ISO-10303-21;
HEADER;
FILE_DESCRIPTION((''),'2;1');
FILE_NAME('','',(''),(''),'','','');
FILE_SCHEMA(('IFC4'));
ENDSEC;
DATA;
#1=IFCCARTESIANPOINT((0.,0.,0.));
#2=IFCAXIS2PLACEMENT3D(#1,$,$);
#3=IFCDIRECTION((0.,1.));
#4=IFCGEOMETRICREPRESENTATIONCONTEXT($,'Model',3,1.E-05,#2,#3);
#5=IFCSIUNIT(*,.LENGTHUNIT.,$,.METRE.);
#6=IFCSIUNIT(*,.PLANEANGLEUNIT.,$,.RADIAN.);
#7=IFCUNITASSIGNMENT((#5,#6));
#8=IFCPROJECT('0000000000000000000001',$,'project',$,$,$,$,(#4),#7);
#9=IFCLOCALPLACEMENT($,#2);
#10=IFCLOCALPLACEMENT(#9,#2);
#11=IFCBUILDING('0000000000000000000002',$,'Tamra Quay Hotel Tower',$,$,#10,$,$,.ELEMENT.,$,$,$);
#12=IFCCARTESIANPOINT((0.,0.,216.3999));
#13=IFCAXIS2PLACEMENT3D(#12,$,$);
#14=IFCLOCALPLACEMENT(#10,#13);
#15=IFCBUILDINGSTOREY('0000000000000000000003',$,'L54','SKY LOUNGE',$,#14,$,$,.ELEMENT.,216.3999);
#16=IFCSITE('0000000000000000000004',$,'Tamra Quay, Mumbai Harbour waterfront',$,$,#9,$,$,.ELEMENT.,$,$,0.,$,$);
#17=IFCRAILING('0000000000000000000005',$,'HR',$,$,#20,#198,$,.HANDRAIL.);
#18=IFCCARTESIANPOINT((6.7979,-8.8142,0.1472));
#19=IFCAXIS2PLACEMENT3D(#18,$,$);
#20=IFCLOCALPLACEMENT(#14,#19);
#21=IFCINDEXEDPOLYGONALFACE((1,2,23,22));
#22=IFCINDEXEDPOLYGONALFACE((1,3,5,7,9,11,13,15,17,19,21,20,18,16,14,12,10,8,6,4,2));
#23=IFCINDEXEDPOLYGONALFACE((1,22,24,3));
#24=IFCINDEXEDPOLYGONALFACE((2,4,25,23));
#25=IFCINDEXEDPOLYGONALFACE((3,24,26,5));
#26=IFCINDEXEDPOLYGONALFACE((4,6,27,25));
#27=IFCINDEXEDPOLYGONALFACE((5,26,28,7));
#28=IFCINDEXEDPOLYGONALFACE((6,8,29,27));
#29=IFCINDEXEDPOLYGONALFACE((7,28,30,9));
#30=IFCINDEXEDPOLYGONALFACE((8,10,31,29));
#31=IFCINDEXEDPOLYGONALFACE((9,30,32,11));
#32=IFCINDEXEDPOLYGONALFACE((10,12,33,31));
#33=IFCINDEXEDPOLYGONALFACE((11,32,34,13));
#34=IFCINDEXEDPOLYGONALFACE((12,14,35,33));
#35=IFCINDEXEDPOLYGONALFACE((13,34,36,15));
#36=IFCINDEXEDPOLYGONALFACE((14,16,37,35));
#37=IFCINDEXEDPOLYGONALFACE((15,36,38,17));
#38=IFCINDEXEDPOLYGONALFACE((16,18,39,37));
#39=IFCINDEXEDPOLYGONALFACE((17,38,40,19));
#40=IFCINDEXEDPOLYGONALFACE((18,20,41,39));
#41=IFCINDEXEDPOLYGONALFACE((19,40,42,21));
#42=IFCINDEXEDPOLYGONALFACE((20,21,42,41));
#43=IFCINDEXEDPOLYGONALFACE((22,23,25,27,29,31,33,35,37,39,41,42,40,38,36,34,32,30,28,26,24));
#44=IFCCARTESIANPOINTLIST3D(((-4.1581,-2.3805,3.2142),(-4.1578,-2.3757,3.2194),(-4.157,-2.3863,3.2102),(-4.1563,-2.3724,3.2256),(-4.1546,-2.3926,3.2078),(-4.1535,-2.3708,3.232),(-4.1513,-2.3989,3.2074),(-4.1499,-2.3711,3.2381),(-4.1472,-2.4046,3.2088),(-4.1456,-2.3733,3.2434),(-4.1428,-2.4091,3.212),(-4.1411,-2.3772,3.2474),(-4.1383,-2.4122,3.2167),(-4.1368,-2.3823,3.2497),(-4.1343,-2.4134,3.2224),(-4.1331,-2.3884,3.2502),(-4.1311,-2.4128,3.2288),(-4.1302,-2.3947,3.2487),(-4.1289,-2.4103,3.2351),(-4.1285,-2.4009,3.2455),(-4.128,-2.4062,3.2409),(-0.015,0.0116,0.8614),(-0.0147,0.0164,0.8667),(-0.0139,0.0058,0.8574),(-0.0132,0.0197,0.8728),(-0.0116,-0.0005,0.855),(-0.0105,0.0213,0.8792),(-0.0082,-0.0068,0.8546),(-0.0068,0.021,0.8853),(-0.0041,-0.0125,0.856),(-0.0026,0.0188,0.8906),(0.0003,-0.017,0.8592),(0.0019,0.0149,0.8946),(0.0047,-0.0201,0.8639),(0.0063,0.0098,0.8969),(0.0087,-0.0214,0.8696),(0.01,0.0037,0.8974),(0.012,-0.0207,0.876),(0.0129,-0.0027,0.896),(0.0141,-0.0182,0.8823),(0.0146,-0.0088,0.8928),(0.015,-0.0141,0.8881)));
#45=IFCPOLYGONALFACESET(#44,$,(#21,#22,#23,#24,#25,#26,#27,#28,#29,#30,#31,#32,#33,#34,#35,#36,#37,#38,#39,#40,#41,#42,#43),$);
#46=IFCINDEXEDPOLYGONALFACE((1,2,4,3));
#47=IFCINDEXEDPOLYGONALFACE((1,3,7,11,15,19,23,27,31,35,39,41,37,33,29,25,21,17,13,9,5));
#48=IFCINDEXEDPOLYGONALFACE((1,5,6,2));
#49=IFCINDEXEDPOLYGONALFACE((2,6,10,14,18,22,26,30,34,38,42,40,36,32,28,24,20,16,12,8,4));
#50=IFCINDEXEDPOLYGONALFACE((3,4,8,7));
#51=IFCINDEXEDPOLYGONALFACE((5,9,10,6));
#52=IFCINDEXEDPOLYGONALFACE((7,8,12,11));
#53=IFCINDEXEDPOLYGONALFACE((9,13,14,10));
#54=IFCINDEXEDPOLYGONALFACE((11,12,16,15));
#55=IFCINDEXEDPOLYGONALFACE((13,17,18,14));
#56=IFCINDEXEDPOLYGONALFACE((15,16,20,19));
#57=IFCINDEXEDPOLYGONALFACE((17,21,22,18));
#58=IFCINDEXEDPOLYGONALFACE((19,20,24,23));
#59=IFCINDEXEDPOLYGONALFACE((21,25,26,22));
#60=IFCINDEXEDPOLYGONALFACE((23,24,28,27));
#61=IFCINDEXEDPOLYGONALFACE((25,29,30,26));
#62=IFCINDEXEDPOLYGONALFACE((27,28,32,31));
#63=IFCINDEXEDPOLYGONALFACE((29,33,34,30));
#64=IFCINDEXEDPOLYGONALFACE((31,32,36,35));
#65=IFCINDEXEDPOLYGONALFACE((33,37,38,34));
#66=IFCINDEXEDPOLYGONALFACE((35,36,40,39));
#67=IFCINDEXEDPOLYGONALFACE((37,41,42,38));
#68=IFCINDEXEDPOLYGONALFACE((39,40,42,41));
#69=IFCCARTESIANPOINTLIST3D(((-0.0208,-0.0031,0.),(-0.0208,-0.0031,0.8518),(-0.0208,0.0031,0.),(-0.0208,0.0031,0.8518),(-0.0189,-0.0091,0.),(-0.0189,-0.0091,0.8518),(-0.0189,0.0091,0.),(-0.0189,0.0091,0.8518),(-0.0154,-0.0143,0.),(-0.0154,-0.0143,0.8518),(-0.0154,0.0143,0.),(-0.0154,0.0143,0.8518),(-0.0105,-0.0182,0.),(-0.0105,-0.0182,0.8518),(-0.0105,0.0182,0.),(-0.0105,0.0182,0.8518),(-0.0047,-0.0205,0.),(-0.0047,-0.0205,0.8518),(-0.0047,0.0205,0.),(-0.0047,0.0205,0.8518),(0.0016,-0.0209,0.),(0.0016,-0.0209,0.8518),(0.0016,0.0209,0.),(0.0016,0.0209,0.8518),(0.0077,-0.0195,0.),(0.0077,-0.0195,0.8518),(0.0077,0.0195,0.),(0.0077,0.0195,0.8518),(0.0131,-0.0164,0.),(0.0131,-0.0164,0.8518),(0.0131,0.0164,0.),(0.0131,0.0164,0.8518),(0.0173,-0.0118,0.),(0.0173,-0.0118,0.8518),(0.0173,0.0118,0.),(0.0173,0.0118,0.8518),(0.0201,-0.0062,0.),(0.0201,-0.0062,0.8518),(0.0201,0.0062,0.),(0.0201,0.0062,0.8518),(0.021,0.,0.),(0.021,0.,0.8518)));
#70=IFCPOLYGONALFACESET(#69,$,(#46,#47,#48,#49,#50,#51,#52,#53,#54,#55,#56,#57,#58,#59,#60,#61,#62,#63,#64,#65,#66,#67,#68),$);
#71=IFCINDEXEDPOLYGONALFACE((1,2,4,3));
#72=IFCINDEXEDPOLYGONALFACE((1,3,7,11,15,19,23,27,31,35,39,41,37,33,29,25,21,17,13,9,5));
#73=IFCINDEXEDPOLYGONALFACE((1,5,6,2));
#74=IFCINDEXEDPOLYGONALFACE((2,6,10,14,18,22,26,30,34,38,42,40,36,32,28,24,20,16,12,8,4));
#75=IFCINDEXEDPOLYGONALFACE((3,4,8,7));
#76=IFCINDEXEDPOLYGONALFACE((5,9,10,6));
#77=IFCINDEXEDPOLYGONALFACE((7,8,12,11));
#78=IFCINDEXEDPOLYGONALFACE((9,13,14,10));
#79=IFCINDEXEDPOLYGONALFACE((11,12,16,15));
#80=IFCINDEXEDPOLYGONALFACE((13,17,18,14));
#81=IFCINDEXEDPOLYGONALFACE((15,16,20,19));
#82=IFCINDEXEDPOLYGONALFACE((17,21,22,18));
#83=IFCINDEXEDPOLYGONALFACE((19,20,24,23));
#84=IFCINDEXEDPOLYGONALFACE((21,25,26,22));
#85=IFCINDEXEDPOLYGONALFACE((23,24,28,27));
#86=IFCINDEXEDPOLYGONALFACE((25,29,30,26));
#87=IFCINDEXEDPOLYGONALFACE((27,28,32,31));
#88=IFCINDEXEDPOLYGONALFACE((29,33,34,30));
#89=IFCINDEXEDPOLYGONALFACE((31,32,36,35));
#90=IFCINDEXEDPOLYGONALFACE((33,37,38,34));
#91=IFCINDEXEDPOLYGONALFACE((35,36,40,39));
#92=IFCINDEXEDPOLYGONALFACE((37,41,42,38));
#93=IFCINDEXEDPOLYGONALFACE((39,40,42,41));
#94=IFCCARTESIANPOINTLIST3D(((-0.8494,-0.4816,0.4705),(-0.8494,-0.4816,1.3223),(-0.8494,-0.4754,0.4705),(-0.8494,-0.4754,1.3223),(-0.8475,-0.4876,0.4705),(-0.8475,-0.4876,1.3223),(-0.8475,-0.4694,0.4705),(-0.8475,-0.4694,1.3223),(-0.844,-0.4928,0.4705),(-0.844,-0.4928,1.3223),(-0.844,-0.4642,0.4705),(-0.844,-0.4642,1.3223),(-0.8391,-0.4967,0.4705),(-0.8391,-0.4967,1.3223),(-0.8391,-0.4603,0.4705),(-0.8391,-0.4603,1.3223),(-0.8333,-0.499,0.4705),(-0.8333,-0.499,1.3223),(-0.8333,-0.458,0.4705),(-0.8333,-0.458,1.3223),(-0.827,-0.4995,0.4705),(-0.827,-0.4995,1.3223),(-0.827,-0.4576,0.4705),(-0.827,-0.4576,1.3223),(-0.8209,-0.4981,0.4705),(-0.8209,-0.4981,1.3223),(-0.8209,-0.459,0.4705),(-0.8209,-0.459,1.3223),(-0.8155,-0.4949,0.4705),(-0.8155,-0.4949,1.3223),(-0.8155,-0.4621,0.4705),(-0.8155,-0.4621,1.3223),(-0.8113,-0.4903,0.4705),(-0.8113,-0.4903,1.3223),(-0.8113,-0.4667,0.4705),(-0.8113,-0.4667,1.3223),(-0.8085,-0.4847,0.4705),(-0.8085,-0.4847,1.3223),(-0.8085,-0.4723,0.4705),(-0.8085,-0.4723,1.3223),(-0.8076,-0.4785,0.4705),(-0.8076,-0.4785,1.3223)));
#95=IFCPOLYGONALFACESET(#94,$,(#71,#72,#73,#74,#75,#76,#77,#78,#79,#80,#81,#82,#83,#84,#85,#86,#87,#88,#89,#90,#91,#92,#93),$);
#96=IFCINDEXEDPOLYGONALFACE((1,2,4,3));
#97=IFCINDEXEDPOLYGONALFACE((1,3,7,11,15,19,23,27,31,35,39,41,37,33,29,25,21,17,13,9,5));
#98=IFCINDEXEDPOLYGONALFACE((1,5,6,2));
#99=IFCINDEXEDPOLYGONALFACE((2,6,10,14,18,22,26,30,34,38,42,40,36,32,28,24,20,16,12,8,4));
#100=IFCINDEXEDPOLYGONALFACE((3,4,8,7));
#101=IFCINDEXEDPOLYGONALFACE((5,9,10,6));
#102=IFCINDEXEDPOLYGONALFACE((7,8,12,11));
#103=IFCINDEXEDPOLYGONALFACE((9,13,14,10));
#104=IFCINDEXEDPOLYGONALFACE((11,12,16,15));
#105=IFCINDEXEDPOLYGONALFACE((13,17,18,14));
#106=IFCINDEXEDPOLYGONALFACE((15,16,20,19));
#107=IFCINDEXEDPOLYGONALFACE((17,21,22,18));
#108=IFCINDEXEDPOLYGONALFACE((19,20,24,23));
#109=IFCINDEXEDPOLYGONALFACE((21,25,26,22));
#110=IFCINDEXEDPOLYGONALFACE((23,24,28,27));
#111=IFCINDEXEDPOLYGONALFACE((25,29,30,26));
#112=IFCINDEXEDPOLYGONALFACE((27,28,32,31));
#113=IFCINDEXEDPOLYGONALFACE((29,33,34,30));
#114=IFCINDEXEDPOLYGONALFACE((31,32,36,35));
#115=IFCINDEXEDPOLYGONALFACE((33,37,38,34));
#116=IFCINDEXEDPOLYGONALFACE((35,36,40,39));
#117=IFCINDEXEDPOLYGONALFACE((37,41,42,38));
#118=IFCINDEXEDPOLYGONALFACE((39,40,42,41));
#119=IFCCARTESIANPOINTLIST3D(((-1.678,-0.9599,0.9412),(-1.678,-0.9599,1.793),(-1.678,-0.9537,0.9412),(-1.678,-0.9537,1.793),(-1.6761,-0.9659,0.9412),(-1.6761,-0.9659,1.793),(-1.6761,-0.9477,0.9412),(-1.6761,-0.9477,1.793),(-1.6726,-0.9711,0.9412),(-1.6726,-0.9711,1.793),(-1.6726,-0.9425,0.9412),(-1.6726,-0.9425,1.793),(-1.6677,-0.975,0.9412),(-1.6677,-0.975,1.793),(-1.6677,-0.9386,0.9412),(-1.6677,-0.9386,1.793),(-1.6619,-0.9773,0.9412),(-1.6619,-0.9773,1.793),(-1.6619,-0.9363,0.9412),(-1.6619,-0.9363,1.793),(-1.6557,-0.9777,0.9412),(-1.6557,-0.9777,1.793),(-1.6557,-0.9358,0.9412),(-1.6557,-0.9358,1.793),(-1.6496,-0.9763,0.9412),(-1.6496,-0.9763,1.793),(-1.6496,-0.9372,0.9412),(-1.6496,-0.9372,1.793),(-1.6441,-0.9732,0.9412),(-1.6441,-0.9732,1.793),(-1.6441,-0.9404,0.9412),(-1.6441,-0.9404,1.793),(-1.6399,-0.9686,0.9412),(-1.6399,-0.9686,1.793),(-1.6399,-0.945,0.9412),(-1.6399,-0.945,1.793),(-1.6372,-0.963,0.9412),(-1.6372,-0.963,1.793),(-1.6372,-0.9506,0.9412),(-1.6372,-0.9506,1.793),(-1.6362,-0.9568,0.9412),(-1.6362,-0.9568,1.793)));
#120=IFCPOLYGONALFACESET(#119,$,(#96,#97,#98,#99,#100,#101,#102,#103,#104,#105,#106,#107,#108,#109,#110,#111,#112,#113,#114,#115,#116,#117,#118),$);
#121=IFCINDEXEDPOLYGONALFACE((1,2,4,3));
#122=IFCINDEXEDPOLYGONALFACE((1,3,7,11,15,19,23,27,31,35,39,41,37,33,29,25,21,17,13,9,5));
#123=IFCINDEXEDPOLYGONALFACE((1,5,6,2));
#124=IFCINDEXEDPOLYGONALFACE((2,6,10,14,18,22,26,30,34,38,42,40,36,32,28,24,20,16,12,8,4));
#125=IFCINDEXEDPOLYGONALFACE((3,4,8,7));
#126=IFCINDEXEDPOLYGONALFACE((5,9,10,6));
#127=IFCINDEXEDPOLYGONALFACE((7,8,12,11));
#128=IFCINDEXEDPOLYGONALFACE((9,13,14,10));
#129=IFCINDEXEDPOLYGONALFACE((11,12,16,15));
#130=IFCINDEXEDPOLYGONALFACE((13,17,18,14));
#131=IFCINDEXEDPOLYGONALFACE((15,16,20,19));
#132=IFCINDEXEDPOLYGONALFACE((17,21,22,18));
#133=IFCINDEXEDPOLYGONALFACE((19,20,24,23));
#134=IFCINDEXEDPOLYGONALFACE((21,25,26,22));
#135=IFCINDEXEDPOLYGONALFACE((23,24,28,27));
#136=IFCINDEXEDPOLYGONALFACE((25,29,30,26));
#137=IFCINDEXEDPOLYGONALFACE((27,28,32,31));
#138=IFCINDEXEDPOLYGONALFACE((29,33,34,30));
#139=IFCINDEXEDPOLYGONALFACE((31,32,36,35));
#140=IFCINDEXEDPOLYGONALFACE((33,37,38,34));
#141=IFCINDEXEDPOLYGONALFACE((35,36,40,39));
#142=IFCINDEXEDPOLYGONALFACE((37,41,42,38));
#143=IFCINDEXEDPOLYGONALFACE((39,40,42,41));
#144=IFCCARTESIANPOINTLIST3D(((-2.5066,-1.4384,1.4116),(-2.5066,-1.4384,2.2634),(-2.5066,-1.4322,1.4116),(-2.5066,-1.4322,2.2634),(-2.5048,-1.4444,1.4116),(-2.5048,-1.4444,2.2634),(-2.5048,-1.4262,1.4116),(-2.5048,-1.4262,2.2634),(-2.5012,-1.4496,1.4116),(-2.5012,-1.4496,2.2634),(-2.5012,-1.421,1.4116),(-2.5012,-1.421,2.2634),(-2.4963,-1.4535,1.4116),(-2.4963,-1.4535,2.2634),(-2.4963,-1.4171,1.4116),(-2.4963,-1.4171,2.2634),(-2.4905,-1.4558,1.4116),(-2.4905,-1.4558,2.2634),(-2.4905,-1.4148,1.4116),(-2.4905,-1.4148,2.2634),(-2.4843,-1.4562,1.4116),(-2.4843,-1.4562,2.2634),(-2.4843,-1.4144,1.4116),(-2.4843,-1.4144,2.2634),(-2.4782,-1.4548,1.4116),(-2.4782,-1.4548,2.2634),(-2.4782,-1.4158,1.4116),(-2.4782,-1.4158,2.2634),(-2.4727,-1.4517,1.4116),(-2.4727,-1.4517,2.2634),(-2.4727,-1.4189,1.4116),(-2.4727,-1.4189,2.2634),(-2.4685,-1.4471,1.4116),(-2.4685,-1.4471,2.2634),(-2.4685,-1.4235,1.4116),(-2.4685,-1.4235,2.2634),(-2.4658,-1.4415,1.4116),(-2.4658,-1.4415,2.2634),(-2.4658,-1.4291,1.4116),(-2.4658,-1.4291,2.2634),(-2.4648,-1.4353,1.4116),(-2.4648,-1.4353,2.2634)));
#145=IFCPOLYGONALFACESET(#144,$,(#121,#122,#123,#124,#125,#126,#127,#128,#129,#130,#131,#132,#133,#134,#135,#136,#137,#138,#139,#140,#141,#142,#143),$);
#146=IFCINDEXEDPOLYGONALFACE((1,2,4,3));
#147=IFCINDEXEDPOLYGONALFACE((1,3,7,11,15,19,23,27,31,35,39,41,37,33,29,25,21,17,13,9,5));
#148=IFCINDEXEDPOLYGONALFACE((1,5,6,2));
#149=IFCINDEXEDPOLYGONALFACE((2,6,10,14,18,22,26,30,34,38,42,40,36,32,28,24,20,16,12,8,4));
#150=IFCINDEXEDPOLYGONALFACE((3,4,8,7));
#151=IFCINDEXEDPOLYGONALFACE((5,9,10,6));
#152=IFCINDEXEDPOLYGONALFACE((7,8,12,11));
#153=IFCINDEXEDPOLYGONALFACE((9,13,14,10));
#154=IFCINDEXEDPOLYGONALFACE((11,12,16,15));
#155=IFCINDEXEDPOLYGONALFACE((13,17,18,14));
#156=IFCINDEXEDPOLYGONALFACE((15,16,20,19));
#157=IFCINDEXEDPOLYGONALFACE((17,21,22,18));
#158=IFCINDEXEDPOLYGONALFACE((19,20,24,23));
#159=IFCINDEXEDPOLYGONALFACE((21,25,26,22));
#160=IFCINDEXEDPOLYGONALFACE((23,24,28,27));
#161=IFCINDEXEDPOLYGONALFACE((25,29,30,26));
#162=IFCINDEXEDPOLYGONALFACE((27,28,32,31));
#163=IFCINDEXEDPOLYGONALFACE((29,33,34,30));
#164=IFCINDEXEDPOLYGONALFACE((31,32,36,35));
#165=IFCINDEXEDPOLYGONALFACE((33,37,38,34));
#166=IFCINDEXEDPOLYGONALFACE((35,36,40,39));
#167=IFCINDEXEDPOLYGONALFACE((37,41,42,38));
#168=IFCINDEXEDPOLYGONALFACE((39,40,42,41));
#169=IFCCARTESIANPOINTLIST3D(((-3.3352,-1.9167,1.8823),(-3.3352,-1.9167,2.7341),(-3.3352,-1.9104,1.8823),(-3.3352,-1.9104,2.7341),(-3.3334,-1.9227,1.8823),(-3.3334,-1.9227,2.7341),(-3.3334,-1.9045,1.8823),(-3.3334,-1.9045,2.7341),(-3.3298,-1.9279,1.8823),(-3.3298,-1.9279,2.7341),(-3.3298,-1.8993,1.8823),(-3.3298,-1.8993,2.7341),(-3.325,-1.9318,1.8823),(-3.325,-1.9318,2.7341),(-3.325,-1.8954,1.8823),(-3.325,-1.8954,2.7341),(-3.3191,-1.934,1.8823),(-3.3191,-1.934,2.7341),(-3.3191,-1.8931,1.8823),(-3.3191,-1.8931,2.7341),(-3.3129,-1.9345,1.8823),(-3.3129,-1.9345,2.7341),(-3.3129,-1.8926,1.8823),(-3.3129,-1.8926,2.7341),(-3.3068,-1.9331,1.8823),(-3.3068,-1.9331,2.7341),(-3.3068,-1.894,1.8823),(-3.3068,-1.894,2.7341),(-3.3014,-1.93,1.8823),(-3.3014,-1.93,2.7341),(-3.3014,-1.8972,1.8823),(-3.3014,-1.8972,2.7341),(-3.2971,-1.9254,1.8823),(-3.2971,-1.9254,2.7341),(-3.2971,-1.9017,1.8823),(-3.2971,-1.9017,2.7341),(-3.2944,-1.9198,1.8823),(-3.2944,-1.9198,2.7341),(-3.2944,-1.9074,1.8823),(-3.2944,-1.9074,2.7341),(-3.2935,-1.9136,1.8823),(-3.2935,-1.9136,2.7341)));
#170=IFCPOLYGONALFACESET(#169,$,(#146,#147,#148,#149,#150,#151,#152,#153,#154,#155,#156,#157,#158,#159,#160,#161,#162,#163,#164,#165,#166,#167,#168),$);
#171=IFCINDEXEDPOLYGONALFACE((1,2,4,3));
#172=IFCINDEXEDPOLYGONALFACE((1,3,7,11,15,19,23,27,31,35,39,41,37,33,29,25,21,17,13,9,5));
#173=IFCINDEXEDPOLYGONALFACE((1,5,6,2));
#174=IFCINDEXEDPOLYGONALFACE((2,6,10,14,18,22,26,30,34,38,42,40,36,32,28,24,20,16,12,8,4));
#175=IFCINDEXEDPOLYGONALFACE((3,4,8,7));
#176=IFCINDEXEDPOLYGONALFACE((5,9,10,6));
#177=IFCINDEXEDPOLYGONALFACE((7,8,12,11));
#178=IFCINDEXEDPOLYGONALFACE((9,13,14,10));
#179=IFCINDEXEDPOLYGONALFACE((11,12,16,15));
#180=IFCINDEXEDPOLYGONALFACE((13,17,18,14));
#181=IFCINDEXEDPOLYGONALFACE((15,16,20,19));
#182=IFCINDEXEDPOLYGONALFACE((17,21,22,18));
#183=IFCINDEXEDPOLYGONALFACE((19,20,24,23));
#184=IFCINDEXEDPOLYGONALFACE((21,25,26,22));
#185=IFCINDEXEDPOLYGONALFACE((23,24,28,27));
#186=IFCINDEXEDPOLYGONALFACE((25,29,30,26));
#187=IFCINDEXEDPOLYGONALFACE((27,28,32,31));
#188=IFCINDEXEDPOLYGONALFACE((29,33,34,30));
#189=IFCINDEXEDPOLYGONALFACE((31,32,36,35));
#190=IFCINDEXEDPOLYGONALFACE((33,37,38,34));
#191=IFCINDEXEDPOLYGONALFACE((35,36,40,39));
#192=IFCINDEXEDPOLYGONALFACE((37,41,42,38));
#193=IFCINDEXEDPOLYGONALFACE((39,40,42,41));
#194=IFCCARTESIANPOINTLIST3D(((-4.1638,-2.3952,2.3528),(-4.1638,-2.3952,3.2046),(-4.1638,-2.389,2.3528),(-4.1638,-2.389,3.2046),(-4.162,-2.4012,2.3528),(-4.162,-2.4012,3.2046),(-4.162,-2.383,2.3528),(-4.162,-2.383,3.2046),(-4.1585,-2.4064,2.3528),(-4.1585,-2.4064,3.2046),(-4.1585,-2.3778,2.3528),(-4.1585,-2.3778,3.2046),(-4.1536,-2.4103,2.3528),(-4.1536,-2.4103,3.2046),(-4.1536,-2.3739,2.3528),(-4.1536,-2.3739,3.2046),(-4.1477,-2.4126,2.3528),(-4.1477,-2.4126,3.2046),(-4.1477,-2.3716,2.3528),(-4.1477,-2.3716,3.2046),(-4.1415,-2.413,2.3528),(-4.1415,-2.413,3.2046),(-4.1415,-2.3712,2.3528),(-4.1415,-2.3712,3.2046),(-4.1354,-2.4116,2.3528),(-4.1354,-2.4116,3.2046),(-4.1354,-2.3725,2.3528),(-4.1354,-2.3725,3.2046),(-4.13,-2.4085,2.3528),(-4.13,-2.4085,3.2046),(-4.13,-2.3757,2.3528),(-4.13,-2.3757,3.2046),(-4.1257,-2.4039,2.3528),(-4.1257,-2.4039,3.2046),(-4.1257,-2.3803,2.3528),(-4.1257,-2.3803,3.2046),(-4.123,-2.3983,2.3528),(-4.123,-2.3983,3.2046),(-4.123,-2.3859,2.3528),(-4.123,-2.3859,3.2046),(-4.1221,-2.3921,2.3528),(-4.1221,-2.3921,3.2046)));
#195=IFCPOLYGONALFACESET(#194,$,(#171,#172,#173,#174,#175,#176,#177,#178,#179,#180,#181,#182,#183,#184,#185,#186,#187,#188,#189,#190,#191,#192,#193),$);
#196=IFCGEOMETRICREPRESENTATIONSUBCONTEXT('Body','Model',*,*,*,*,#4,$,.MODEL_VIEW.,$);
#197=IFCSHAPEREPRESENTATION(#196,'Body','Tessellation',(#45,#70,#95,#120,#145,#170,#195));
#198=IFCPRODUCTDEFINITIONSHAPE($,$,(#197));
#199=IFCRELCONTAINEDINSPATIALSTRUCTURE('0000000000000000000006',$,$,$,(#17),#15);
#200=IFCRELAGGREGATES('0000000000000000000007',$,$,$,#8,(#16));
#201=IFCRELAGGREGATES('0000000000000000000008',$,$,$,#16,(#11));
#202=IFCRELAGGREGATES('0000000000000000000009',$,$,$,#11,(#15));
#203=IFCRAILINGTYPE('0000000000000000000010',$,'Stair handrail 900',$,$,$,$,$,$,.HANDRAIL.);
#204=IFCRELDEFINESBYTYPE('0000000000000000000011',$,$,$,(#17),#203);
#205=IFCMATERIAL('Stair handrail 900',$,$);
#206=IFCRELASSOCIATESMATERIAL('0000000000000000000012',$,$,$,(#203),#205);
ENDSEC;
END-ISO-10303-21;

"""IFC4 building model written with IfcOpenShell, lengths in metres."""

from ifc_helpers import new_model, si_unit, direction, frame, origin, origin_2d, place, context, subcontext, project, spatial, circle, extrude, material, type_object, element, save


model = new_model("IFC4")

# Units and contexts
model_context = context("Model", 3, precision=1e-05, world=origin(), true_north=direction((0.0, 1.0)))
body_context = subcontext(model_context, "Body", "Model", "MODEL_VIEW")
ifc_project = project(units=[si_unit("LENGTHUNIT", "METRE"), si_unit("PLANEANGLEUNIT", "RADIAN")], contexts=[model_context])

# Site, building, storey
site_placement = place(None, origin())
site = spatial("IfcSite", under=ifc_project, at=site_placement, Name="Tamra Quay, Mumbai Harbour waterfront", CompositionType="ELEMENT", RefElevation=0.0)
building_placement = place(site_placement, origin())
building = spatial("IfcBuilding", under=site, at=building_placement, Name="Tamra Quay Hotel Tower", CompositionType="ELEMENT")
storey_placement = place(building_placement, frame((0.0, 0.0, 216.3999)))
storey = spatial("IfcBuildingStorey", under=building, at=storey_placement, Name="L54", Description="SKY LOUNGE", CompositionType="ELEMENT", Elevation=216.3999)

# Railing
ifc_material_1 = material(Name="Stair handrail 900")
railing_type = type_object("IfcRailingType", Name="Stair handrail 900", PredefinedType="HANDRAIL", material=ifc_material_1)
railing_placement = place(storey_placement, frame((6.7979, -8.8142, 0.1472)))
element("IfcRailing", 1, at=railing_placement, inside=storey, type_object=railing_type, Name="HR", PredefinedType="HANDRAIL", context=body_context, shape_type="SweptSolid", body=[
    extrude(circle(Radius=0.0239, at=origin_2d()), frame((0.0, 0.0, 0.876), z_axis=(-0.777122, -0.448689, 0.441316), x_axis=(0.500014, -0.866017, 0.0)), (0.0, 0.0, 1.0), 5.3313),
    extrude(circle(Radius=0.021, at=origin_2d()), origin(), (0.0, 0.0, 1.0), 0.8518),
    extrude(circle(Radius=0.021, at=origin_2d()), frame((-0.8286, -0.4785, 0.4705)), (0.0, 0.0, 1.0), 0.8518),
    extrude(circle(Radius=0.021, at=origin_2d()), frame((-1.6572, -0.9568, 0.9412)), (0.0, 0.0, 1.0), 0.8518),
    extrude(circle(Radius=0.021, at=origin_2d()), frame((-2.4858, -1.4353, 1.4116)), (0.0, 0.0, 1.0), 0.8518),
    extrude(circle(Radius=0.021, at=origin_2d()), frame((-3.3145, -1.9136, 1.8823)), (0.0, 0.0, 1.0), 0.8518),
    extrude(circle(Radius=0.021, at=origin_2d()), frame((-4.1431, -2.3921, 2.3528)), (0.0, 0.0, 1.0), 0.8518),
])

save(model, "model.ifc")
